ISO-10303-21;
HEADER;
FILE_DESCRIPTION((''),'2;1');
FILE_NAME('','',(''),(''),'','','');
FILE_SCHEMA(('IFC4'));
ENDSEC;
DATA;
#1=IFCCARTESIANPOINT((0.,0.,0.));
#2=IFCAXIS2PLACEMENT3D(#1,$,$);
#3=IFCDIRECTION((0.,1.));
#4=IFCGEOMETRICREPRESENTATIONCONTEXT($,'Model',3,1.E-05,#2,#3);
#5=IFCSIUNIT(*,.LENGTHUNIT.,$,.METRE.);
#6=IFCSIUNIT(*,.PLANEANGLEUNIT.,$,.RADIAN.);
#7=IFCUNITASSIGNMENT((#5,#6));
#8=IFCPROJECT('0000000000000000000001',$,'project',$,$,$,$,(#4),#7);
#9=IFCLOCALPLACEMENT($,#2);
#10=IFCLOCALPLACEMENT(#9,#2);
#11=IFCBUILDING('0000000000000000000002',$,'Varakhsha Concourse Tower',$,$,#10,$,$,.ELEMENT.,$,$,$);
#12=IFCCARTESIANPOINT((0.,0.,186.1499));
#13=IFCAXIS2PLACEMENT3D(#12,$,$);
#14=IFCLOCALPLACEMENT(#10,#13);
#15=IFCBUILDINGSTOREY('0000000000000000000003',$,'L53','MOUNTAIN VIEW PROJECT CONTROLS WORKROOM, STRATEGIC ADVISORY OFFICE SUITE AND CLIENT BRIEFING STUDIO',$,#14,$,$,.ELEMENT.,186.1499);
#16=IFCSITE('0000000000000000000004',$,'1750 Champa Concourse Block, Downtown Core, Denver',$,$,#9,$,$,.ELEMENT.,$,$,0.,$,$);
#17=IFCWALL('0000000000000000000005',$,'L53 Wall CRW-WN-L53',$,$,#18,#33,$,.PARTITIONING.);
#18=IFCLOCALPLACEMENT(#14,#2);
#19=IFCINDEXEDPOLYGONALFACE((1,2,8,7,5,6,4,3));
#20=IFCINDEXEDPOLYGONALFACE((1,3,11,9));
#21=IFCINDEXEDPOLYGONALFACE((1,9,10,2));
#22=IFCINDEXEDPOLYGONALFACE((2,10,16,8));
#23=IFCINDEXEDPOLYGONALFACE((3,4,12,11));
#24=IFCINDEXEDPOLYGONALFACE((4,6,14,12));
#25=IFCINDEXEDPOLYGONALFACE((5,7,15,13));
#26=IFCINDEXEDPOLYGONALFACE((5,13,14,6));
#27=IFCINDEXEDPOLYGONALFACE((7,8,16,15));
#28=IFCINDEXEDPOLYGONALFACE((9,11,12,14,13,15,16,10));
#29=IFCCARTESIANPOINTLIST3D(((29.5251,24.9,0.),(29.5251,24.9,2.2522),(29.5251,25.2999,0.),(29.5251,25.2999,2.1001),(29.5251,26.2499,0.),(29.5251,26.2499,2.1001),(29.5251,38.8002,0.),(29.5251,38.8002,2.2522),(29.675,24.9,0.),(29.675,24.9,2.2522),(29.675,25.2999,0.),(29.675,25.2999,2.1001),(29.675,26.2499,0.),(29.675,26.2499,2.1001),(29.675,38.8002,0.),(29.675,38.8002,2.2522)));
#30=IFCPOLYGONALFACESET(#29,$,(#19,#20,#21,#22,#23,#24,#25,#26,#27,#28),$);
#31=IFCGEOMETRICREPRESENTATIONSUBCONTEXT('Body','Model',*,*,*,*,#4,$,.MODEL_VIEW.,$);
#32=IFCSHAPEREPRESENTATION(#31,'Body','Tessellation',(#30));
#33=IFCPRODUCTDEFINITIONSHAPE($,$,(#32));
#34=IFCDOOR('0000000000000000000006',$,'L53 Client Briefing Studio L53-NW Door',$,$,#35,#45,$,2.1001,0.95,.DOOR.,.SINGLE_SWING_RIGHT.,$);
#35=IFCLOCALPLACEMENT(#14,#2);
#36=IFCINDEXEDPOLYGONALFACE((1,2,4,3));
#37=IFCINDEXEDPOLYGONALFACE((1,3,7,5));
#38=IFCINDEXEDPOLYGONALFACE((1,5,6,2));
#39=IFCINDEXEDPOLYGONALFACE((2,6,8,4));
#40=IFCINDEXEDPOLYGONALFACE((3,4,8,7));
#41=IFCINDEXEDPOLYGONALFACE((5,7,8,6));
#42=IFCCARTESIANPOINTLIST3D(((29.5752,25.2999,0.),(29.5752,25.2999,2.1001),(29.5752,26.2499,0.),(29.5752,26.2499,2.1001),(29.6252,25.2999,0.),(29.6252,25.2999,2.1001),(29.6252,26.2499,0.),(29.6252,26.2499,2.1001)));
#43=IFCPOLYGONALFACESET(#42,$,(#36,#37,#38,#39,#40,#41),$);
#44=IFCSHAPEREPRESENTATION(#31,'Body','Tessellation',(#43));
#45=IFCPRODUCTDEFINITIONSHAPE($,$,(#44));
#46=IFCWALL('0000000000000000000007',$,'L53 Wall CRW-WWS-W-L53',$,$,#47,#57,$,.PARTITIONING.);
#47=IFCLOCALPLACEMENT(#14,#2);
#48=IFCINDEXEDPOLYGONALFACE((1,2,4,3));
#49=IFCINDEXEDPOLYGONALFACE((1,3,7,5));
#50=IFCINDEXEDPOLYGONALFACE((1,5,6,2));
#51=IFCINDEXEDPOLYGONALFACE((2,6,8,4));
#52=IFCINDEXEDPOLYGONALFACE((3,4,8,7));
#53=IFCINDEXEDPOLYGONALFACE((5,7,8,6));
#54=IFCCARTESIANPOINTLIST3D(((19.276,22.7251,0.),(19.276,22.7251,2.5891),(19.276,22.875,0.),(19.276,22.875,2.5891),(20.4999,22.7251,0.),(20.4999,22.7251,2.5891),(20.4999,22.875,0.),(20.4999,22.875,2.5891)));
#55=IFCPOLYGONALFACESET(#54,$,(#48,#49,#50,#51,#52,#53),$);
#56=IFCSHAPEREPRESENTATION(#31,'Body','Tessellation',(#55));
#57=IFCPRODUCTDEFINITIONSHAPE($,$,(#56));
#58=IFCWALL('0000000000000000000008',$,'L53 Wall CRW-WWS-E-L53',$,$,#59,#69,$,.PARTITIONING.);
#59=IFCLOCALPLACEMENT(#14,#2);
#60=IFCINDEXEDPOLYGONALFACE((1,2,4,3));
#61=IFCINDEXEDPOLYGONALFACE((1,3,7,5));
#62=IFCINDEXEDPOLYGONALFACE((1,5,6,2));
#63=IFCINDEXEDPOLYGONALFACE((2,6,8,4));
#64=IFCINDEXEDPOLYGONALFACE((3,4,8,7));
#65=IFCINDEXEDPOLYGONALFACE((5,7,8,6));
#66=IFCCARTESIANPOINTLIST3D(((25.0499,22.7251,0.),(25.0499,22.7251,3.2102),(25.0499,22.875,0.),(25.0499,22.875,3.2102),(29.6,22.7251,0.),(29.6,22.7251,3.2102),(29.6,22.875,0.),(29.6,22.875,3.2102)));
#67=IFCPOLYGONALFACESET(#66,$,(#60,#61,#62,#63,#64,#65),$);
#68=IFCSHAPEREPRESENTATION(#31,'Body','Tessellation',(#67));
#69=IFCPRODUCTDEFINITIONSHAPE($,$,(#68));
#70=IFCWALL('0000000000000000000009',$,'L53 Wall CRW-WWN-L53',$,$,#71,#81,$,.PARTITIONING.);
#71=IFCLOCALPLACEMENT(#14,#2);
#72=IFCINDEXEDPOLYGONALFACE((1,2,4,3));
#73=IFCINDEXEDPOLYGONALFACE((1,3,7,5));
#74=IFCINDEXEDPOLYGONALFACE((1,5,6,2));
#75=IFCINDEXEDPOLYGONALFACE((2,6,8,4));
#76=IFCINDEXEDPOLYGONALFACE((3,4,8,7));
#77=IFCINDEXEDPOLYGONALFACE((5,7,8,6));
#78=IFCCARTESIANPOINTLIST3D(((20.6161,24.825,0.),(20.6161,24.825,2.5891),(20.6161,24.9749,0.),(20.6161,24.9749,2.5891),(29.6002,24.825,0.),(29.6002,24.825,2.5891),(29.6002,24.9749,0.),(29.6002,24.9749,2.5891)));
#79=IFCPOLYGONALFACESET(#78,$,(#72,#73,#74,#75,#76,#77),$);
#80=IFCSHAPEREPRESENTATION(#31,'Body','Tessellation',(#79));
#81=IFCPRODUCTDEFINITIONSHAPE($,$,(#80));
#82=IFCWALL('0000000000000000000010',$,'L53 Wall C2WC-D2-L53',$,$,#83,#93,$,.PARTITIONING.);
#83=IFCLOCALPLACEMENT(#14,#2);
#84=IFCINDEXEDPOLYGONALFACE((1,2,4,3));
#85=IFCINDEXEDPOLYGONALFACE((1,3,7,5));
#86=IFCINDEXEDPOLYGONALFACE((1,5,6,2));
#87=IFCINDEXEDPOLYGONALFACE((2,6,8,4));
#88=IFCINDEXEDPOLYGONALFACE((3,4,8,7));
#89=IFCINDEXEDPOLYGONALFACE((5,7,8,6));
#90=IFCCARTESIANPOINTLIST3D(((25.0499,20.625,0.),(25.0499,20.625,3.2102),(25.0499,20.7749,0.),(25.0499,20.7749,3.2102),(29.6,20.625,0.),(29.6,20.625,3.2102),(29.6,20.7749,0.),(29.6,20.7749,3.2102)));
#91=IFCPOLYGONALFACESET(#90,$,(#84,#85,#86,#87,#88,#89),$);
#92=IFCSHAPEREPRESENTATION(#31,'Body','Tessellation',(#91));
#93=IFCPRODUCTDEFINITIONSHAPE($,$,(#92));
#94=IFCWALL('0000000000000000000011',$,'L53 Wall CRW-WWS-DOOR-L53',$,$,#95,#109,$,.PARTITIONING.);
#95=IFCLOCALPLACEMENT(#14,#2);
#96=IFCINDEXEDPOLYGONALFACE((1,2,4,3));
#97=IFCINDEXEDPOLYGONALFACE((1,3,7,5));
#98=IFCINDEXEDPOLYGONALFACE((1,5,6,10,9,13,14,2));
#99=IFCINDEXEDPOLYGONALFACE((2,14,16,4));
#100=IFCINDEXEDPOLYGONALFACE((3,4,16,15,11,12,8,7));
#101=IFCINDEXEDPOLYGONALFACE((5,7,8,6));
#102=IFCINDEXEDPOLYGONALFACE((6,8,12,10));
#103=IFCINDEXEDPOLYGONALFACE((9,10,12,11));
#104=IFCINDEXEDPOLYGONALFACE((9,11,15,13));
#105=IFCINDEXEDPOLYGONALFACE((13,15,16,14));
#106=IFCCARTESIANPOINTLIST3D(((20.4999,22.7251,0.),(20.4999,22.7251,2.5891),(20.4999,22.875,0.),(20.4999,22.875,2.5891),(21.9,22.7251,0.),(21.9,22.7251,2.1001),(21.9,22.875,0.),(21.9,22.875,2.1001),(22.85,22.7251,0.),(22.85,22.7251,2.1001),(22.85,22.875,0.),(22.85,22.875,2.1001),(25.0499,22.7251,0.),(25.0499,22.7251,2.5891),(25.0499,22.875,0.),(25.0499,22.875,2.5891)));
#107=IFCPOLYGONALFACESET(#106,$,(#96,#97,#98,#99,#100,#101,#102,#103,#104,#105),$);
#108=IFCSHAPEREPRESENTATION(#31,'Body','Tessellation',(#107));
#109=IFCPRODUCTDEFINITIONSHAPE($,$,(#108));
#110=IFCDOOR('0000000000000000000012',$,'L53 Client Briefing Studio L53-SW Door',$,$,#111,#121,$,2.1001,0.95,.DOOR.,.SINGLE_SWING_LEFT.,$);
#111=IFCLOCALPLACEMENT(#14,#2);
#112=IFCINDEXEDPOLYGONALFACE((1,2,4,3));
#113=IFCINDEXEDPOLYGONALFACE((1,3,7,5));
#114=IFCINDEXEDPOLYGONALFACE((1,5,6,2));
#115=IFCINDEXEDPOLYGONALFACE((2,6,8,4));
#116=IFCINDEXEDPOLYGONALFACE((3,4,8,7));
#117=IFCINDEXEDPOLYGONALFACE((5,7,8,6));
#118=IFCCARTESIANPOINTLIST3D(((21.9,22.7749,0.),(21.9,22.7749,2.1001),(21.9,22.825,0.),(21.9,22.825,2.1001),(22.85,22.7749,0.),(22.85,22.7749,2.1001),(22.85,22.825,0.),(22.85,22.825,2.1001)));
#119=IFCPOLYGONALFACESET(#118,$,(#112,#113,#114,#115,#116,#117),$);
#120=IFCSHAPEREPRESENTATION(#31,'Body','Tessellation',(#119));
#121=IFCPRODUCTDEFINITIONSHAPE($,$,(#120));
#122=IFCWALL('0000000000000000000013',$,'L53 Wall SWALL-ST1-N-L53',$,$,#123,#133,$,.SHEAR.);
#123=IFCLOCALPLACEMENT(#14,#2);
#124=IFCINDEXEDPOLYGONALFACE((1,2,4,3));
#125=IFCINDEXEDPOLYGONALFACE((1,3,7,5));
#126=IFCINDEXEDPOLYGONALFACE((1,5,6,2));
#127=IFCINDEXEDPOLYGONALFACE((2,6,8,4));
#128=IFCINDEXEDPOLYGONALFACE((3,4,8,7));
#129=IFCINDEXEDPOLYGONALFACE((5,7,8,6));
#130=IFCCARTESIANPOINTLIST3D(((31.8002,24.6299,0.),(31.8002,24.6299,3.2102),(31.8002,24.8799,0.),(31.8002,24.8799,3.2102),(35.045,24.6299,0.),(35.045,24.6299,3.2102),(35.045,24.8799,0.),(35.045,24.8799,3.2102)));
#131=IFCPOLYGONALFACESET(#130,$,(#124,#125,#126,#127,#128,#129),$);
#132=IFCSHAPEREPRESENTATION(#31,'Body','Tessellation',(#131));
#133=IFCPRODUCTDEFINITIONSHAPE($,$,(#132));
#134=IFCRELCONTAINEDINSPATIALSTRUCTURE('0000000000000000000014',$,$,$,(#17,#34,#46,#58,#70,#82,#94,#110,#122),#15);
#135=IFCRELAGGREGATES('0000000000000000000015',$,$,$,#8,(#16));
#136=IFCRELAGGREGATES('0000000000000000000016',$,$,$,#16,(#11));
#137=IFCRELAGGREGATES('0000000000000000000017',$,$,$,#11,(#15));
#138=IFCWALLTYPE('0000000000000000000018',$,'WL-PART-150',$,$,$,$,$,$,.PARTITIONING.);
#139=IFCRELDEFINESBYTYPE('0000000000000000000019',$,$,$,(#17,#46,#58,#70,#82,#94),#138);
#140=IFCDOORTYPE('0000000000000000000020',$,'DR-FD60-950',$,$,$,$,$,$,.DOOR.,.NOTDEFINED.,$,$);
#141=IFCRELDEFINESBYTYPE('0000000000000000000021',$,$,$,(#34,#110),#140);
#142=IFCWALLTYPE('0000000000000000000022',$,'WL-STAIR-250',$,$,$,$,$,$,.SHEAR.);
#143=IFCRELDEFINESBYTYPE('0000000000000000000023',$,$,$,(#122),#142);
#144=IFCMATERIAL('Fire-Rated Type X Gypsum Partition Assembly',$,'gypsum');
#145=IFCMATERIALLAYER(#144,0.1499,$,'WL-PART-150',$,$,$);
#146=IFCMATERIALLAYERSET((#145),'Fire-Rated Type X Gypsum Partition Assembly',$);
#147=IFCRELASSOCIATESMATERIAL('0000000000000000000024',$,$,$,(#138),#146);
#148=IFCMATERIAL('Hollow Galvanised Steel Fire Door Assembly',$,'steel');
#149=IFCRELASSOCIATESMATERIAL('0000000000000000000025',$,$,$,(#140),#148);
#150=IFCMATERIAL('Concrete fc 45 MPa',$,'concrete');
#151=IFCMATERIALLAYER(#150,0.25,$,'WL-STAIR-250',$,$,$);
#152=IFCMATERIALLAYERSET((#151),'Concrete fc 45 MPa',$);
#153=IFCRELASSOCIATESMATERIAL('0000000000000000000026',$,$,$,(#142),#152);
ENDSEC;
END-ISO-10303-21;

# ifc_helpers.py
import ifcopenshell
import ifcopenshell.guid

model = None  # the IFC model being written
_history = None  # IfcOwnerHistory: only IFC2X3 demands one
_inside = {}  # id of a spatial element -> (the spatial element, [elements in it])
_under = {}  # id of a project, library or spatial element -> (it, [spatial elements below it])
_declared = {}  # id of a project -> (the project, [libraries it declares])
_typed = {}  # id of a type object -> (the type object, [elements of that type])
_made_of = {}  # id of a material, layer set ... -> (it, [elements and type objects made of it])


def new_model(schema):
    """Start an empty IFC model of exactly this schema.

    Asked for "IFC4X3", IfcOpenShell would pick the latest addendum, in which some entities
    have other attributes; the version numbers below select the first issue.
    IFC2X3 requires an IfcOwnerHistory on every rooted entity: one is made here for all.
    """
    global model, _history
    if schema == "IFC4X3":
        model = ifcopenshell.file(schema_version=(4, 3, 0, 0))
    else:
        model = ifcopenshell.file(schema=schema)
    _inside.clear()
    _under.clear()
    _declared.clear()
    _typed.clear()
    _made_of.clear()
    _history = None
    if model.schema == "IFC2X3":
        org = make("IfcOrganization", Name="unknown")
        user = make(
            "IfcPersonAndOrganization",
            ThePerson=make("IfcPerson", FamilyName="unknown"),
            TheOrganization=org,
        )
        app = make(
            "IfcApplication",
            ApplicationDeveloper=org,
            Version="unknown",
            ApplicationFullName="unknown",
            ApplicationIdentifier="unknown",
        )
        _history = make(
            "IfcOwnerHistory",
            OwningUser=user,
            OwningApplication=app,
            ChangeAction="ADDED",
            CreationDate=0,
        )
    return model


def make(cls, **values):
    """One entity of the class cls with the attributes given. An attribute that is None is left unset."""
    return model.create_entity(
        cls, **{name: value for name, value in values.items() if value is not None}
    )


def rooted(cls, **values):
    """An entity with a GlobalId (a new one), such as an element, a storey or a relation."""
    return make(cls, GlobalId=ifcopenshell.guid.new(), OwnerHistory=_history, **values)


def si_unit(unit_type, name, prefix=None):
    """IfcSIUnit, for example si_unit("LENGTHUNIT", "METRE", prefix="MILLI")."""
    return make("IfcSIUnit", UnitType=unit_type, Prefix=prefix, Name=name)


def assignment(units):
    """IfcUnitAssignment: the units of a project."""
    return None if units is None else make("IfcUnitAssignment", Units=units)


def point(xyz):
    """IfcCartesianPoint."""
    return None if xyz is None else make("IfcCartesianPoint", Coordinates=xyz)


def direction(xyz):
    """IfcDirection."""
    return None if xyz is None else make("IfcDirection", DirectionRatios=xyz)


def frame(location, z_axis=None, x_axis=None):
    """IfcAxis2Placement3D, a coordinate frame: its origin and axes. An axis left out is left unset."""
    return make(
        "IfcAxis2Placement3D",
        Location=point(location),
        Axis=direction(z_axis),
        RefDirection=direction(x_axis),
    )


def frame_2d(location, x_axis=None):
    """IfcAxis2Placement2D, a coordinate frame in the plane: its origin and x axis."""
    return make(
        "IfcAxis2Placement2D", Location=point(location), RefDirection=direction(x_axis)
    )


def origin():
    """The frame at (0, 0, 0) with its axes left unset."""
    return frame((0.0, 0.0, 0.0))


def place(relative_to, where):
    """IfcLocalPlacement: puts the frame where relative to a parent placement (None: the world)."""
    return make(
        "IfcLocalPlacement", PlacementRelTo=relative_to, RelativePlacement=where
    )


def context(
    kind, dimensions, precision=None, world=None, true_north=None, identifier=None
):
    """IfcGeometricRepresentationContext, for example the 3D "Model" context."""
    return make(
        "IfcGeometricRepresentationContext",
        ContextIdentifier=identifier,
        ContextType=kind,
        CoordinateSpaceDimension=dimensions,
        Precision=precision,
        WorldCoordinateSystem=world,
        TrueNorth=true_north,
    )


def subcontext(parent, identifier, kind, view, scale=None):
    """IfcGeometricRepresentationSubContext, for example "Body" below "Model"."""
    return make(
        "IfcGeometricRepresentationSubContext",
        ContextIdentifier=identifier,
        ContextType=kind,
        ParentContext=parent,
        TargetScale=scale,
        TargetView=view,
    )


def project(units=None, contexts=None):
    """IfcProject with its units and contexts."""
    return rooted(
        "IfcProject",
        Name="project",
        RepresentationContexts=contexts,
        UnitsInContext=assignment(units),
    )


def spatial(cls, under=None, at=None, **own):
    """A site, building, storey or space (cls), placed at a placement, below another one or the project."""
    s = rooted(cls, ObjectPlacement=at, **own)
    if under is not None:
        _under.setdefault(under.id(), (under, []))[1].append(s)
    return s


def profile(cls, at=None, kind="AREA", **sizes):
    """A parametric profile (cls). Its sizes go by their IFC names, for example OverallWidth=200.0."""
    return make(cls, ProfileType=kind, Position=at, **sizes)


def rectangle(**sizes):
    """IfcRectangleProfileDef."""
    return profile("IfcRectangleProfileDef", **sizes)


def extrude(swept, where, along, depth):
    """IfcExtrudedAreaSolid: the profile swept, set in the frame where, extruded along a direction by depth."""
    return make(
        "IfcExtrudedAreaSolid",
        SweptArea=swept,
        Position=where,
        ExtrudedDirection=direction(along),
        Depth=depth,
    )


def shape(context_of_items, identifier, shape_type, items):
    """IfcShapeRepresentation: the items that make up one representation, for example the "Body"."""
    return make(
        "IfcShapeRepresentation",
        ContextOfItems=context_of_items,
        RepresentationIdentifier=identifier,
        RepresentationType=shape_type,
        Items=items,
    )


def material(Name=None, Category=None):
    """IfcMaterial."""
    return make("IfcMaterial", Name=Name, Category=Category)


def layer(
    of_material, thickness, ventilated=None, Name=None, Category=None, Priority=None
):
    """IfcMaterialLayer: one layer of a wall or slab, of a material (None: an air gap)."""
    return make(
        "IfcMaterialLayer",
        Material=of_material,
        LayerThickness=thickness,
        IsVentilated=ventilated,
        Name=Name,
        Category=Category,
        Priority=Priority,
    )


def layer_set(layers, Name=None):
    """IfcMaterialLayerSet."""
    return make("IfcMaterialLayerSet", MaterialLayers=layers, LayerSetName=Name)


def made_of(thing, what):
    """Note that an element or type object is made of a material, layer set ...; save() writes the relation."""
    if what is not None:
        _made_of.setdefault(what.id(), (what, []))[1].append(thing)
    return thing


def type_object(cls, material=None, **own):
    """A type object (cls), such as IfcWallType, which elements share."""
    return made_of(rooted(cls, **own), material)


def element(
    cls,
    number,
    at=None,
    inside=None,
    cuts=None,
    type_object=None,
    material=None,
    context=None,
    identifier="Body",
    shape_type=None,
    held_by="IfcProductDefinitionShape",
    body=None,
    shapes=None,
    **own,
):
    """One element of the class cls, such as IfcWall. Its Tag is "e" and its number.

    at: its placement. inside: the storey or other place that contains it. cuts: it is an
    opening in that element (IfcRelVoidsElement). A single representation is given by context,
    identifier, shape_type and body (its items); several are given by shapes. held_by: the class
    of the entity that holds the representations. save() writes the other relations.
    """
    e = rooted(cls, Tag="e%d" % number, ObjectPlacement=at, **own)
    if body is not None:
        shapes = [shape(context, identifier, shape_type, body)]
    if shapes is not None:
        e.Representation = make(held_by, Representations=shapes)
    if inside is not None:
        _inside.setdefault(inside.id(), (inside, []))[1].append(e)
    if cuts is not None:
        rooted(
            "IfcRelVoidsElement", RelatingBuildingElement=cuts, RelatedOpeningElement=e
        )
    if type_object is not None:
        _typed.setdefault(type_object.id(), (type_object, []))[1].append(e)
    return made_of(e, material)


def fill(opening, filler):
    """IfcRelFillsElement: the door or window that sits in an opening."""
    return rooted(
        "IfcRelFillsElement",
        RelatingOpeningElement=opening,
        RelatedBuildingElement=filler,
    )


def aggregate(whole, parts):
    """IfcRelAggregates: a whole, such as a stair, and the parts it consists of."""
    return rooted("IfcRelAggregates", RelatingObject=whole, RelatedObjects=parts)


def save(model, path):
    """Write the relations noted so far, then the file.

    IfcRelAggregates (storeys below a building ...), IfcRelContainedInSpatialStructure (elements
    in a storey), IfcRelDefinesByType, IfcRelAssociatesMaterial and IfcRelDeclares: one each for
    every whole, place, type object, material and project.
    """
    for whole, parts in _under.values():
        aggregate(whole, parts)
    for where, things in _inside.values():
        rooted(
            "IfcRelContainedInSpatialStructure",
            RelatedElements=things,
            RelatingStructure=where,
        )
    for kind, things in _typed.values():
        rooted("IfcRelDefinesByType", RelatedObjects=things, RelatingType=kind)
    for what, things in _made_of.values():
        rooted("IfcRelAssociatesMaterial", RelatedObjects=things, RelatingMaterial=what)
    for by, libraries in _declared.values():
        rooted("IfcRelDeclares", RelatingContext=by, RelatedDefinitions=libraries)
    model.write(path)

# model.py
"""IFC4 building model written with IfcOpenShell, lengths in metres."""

from ifc_helpers import new_model, si_unit, direction, frame, frame_2d, origin, place, context, subcontext, project, spatial, rectangle, extrude, material, layer, layer_set, type_object, element, fill, save


model = new_model("IFC4")

# Units and contexts
model_context = context("Model", 3, precision=1e-05, world=origin(), true_north=direction((0.0, 1.0)))
body_context = subcontext(model_context, "Body", "Model", "MODEL_VIEW")
ifc_project = project(units=[si_unit("LENGTHUNIT", "METRE"), si_unit("PLANEANGLEUNIT", "RADIAN")], contexts=[model_context])

# Site, building, storey
site_placement = place(None, origin())
site = spatial("IfcSite", under=ifc_project, at=site_placement, Name="1750 Champa Concourse Block, Downtown Core, Denver", CompositionType="ELEMENT", RefElevation=0.0)
building_placement = place(site_placement, origin())
building = spatial("IfcBuilding", under=site, at=building_placement, Name="Varakhsha Concourse Tower", CompositionType="ELEMENT")
storey_placement = place(building_placement, frame((0.0, 0.0, 186.1499)))
storey = spatial("IfcBuildingStorey", under=building, at=storey_placement, Name="L53", Description="MOUNTAIN VIEW PROJECT CONTROLS WORKROOM, STRATEGIC ADVISORY OFFICE SUITE AND CLIENT BRIEFING STUDIO", CompositionType="ELEMENT", Elevation=186.1499)

# Wall, opening, door
ifc_material_1 = material(Name="Fire-Rated Type X Gypsum Partition Assembly", Category="gypsum")
ifc_layer_1 = layer(ifc_material_1, 0.1499, Name="WL-PART-150")
ifc_layer_set_1 = layer_set([ifc_layer_1], Name="Fire-Rated Type X Gypsum Partition Assembly")
wall_type_1 = type_object("IfcWallType", Name="WL-PART-150", PredefinedType="PARTITIONING", material=ifc_layer_set_1)
wall_1_placement = place(storey_placement, frame((29.6001, 24.8999, 0.0), z_axis=(0.0, 0.0, 1.0), x_axis=(0.0, 1.0, 0.0)))
wall_1 = element("IfcWall", 1, at=wall_1_placement, inside=storey, type_object=wall_type_1, Name="L53 Wall CRW-WN-L53", PredefinedType="PARTITIONING", context=body_context, shape_type="SweptSolid", body=[
    extrude(rectangle(XDim=13.9001, YDim=0.1499, at=frame_2d((6.9502, 0.0))), origin(), (0.0, 0.0, 1.0), 2.2522),
])
opening_1_placement = place(wall_1_placement, frame((0.3999, 0.0, 0.0)))
opening_1 = element("IfcOpeningElement", 2, at=opening_1_placement, cuts=wall_1, PredefinedType="OPENING", context=body_context, shape_type="SweptSolid", body=[
    extrude(rectangle(XDim=0.95, YDim=2.1001, at=frame_2d((0.4751, 1.05))), frame((0.0, 0.085, 0.0), z_axis=(0.0, -1.0, 0.0), x_axis=(1.0, 0.0, 0.0)), (0.0, 0.0, 1.0), 0.1699),
])
ifc_material_2 = material(Name="Hollow Galvanised Steel Fire Door Assembly", Category="steel")
door_type_1 = type_object("IfcDoorType", Name="DR-FD60-950", OperationType="NOTDEFINED", PredefinedType="DOOR", material=ifc_material_2)
door_1_placement = place(opening_1_placement, origin())
door_1 = element("IfcDoor", 3, at=door_1_placement, inside=storey, type_object=door_type_1, Name="L53 Client Briefing Studio L53-NW Door", OperationType="SINGLE_SWING_RIGHT", OverallHeight=2.1001, OverallWidth=0.95, PredefinedType="DOOR", context=body_context, shape_type="SweptSolid", body=[
    extrude(rectangle(XDim=0.95, YDim=2.1001, at=frame_2d((0.4751, 1.05))), frame((0.0, 0.0249, 0.0), z_axis=(0.0, -1.0, 0.0), x_axis=(1.0, 0.0, 0.0)), (0.0, 0.0, 1.0), 0.05),
])
fill(opening_1, door_1)

# Walls
wall_2_placement = place(storey_placement, frame((19.2761, 22.8, 0.0), z_axis=(0.0, 0.0, 1.0), x_axis=(1.0, 0.0, 0.0)))
element("IfcWall", 4, at=wall_2_placement, inside=storey, type_object=wall_type_1, Name="L53 Wall CRW-WWS-W-L53", PredefinedType="PARTITIONING", context=body_context, shape_type="SweptSolid", body=[
    extrude(rectangle(XDim=1.2239, YDim=0.1499, at=frame_2d((0.6118, 0.0))), origin(), (0.0, 0.0, 1.0), 2.5891),
])
wall_3_placement = place(storey_placement, frame((25.05, 22.8, 0.0), z_axis=(0.0, 0.0, 1.0), x_axis=(1.0, 0.0, 0.0)))
element("IfcWall", 5, at=wall_3_placement, inside=storey, type_object=wall_type_1, Name="L53 Wall CRW-WWS-E-L53", PredefinedType="PARTITIONING", context=body_context, shape_type="SweptSolid", body=[
    extrude(rectangle(XDim=4.55, YDim=0.1499, at=frame_2d((2.2749, 0.0))), origin(), (0.0, 0.0, 1.0), 3.2102),
])
wall_4_placement = place(storey_placement, frame((20.616, 24.8999, 0.0), z_axis=(0.0, 0.0, 1.0), x_axis=(1.0, 0.0, 0.0)))
element("IfcWall", 6, at=wall_4_placement, inside=storey, type_object=wall_type_1, Name="L53 Wall CRW-WWN-L53", PredefinedType="PARTITIONING", context=body_context, shape_type="SweptSolid", body=[
    extrude(rectangle(XDim=8.9841, YDim=0.1499, at=frame_2d((4.4922, 0.0))), origin(), (0.0, 0.0, 1.0), 2.5891),
])
wall_5_placement = place(storey_placement, frame((25.05, 20.7, 0.0), z_axis=(0.0, 0.0, 1.0), x_axis=(1.0, 0.0, 0.0)))
element("IfcWall", 7, at=wall_5_placement, inside=storey, type_object=wall_type_1, Name="L53 Wall C2WC-D2-L53", PredefinedType="PARTITIONING", context=body_context, shape_type="SweptSolid", body=[
    extrude(rectangle(XDim=4.55, YDim=0.1499, at=frame_2d((2.2749, 0.0))), origin(), (0.0, 0.0, 1.0), 3.2102),
])

# Wall, opening, door
wall_6_placement = place(storey_placement, frame((20.5, 22.8, 0.0), z_axis=(0.0, 0.0, 1.0), x_axis=(1.0, 0.0, 0.0)))
wall_6 = element("IfcWall", 8, at=wall_6_placement, inside=storey, type_object=wall_type_1, Name="L53 Wall CRW-WWS-DOOR-L53", PredefinedType="PARTITIONING", context=body_context, shape_type="SweptSolid", body=[
    extrude(rectangle(XDim=4.55, YDim=0.1499, at=frame_2d((2.2749, 0.0))), origin(), (0.0, 0.0, 1.0), 2.5891),
])
opening_2_placement = place(wall_6_placement, frame((1.3999, 0.0, 0.0)))
opening_2 = element("IfcOpeningElement", 9, at=opening_2_placement, cuts=wall_6, PredefinedType="OPENING", context=body_context, shape_type="SweptSolid", body=[
    extrude(rectangle(XDim=0.95, YDim=2.1001, at=frame_2d((0.4751, 1.05))), frame((0.0, 0.085, 0.0), z_axis=(0.0, -1.0, 0.0), x_axis=(1.0, 0.0, 0.0)), (0.0, 0.0, 1.0), 0.1699),
])
door_2_placement = place(opening_2_placement, origin())
door_2 = element("IfcDoor", 10, at=door_2_placement, inside=storey, type_object=door_type_1, Name="L53 Client Briefing Studio L53-SW Door", OperationType="SINGLE_SWING_LEFT", OverallHeight=2.1001, OverallWidth=0.95, PredefinedType="DOOR", context=body_context, shape_type="SweptSolid", body=[
    extrude(rectangle(XDim=0.95, YDim=2.1001, at=frame_2d((0.4751, 1.05))), frame((0.0, 0.0249, 0.0), z_axis=(0.0, -1.0, 0.0), x_axis=(1.0, 0.0, 0.0)), (0.0, 0.0, 1.0), 0.05),
])
fill(opening_2, door_2)

# Wall
ifc_material_3 = material(Name="Concrete fc 45 MPa", Category="concrete")
ifc_layer_2 = layer(ifc_material_3, 0.25, Name="WL-STAIR-250")
ifc_layer_set_2 = layer_set([ifc_layer_2], Name="Concrete fc 45 MPa")
wall_type_2 = type_object("IfcWallType", Name="WL-STAIR-250", PredefinedType="SHEAR", material=ifc_layer_set_2)
wall_7_placement = place(storey_placement, frame((31.8, 24.7549, 0.0), z_axis=(0.0, 0.0, 1.0), x_axis=(1.0, 0.0, 0.0)))
element("IfcWall", 11, at=wall_7_placement, inside=storey, type_object=wall_type_2, Name="L53 Wall SWALL-ST1-N-L53", PredefinedType="SHEAR", context=body_context, shape_type="SweptSolid", body=[
    extrude(rectangle(XDim=3.2449, YDim=0.25, at=frame_2d((1.6226, 0.0))), origin(), (0.0, 0.0, 1.0), 3.2102),
])

save(model, "model.ifc")
